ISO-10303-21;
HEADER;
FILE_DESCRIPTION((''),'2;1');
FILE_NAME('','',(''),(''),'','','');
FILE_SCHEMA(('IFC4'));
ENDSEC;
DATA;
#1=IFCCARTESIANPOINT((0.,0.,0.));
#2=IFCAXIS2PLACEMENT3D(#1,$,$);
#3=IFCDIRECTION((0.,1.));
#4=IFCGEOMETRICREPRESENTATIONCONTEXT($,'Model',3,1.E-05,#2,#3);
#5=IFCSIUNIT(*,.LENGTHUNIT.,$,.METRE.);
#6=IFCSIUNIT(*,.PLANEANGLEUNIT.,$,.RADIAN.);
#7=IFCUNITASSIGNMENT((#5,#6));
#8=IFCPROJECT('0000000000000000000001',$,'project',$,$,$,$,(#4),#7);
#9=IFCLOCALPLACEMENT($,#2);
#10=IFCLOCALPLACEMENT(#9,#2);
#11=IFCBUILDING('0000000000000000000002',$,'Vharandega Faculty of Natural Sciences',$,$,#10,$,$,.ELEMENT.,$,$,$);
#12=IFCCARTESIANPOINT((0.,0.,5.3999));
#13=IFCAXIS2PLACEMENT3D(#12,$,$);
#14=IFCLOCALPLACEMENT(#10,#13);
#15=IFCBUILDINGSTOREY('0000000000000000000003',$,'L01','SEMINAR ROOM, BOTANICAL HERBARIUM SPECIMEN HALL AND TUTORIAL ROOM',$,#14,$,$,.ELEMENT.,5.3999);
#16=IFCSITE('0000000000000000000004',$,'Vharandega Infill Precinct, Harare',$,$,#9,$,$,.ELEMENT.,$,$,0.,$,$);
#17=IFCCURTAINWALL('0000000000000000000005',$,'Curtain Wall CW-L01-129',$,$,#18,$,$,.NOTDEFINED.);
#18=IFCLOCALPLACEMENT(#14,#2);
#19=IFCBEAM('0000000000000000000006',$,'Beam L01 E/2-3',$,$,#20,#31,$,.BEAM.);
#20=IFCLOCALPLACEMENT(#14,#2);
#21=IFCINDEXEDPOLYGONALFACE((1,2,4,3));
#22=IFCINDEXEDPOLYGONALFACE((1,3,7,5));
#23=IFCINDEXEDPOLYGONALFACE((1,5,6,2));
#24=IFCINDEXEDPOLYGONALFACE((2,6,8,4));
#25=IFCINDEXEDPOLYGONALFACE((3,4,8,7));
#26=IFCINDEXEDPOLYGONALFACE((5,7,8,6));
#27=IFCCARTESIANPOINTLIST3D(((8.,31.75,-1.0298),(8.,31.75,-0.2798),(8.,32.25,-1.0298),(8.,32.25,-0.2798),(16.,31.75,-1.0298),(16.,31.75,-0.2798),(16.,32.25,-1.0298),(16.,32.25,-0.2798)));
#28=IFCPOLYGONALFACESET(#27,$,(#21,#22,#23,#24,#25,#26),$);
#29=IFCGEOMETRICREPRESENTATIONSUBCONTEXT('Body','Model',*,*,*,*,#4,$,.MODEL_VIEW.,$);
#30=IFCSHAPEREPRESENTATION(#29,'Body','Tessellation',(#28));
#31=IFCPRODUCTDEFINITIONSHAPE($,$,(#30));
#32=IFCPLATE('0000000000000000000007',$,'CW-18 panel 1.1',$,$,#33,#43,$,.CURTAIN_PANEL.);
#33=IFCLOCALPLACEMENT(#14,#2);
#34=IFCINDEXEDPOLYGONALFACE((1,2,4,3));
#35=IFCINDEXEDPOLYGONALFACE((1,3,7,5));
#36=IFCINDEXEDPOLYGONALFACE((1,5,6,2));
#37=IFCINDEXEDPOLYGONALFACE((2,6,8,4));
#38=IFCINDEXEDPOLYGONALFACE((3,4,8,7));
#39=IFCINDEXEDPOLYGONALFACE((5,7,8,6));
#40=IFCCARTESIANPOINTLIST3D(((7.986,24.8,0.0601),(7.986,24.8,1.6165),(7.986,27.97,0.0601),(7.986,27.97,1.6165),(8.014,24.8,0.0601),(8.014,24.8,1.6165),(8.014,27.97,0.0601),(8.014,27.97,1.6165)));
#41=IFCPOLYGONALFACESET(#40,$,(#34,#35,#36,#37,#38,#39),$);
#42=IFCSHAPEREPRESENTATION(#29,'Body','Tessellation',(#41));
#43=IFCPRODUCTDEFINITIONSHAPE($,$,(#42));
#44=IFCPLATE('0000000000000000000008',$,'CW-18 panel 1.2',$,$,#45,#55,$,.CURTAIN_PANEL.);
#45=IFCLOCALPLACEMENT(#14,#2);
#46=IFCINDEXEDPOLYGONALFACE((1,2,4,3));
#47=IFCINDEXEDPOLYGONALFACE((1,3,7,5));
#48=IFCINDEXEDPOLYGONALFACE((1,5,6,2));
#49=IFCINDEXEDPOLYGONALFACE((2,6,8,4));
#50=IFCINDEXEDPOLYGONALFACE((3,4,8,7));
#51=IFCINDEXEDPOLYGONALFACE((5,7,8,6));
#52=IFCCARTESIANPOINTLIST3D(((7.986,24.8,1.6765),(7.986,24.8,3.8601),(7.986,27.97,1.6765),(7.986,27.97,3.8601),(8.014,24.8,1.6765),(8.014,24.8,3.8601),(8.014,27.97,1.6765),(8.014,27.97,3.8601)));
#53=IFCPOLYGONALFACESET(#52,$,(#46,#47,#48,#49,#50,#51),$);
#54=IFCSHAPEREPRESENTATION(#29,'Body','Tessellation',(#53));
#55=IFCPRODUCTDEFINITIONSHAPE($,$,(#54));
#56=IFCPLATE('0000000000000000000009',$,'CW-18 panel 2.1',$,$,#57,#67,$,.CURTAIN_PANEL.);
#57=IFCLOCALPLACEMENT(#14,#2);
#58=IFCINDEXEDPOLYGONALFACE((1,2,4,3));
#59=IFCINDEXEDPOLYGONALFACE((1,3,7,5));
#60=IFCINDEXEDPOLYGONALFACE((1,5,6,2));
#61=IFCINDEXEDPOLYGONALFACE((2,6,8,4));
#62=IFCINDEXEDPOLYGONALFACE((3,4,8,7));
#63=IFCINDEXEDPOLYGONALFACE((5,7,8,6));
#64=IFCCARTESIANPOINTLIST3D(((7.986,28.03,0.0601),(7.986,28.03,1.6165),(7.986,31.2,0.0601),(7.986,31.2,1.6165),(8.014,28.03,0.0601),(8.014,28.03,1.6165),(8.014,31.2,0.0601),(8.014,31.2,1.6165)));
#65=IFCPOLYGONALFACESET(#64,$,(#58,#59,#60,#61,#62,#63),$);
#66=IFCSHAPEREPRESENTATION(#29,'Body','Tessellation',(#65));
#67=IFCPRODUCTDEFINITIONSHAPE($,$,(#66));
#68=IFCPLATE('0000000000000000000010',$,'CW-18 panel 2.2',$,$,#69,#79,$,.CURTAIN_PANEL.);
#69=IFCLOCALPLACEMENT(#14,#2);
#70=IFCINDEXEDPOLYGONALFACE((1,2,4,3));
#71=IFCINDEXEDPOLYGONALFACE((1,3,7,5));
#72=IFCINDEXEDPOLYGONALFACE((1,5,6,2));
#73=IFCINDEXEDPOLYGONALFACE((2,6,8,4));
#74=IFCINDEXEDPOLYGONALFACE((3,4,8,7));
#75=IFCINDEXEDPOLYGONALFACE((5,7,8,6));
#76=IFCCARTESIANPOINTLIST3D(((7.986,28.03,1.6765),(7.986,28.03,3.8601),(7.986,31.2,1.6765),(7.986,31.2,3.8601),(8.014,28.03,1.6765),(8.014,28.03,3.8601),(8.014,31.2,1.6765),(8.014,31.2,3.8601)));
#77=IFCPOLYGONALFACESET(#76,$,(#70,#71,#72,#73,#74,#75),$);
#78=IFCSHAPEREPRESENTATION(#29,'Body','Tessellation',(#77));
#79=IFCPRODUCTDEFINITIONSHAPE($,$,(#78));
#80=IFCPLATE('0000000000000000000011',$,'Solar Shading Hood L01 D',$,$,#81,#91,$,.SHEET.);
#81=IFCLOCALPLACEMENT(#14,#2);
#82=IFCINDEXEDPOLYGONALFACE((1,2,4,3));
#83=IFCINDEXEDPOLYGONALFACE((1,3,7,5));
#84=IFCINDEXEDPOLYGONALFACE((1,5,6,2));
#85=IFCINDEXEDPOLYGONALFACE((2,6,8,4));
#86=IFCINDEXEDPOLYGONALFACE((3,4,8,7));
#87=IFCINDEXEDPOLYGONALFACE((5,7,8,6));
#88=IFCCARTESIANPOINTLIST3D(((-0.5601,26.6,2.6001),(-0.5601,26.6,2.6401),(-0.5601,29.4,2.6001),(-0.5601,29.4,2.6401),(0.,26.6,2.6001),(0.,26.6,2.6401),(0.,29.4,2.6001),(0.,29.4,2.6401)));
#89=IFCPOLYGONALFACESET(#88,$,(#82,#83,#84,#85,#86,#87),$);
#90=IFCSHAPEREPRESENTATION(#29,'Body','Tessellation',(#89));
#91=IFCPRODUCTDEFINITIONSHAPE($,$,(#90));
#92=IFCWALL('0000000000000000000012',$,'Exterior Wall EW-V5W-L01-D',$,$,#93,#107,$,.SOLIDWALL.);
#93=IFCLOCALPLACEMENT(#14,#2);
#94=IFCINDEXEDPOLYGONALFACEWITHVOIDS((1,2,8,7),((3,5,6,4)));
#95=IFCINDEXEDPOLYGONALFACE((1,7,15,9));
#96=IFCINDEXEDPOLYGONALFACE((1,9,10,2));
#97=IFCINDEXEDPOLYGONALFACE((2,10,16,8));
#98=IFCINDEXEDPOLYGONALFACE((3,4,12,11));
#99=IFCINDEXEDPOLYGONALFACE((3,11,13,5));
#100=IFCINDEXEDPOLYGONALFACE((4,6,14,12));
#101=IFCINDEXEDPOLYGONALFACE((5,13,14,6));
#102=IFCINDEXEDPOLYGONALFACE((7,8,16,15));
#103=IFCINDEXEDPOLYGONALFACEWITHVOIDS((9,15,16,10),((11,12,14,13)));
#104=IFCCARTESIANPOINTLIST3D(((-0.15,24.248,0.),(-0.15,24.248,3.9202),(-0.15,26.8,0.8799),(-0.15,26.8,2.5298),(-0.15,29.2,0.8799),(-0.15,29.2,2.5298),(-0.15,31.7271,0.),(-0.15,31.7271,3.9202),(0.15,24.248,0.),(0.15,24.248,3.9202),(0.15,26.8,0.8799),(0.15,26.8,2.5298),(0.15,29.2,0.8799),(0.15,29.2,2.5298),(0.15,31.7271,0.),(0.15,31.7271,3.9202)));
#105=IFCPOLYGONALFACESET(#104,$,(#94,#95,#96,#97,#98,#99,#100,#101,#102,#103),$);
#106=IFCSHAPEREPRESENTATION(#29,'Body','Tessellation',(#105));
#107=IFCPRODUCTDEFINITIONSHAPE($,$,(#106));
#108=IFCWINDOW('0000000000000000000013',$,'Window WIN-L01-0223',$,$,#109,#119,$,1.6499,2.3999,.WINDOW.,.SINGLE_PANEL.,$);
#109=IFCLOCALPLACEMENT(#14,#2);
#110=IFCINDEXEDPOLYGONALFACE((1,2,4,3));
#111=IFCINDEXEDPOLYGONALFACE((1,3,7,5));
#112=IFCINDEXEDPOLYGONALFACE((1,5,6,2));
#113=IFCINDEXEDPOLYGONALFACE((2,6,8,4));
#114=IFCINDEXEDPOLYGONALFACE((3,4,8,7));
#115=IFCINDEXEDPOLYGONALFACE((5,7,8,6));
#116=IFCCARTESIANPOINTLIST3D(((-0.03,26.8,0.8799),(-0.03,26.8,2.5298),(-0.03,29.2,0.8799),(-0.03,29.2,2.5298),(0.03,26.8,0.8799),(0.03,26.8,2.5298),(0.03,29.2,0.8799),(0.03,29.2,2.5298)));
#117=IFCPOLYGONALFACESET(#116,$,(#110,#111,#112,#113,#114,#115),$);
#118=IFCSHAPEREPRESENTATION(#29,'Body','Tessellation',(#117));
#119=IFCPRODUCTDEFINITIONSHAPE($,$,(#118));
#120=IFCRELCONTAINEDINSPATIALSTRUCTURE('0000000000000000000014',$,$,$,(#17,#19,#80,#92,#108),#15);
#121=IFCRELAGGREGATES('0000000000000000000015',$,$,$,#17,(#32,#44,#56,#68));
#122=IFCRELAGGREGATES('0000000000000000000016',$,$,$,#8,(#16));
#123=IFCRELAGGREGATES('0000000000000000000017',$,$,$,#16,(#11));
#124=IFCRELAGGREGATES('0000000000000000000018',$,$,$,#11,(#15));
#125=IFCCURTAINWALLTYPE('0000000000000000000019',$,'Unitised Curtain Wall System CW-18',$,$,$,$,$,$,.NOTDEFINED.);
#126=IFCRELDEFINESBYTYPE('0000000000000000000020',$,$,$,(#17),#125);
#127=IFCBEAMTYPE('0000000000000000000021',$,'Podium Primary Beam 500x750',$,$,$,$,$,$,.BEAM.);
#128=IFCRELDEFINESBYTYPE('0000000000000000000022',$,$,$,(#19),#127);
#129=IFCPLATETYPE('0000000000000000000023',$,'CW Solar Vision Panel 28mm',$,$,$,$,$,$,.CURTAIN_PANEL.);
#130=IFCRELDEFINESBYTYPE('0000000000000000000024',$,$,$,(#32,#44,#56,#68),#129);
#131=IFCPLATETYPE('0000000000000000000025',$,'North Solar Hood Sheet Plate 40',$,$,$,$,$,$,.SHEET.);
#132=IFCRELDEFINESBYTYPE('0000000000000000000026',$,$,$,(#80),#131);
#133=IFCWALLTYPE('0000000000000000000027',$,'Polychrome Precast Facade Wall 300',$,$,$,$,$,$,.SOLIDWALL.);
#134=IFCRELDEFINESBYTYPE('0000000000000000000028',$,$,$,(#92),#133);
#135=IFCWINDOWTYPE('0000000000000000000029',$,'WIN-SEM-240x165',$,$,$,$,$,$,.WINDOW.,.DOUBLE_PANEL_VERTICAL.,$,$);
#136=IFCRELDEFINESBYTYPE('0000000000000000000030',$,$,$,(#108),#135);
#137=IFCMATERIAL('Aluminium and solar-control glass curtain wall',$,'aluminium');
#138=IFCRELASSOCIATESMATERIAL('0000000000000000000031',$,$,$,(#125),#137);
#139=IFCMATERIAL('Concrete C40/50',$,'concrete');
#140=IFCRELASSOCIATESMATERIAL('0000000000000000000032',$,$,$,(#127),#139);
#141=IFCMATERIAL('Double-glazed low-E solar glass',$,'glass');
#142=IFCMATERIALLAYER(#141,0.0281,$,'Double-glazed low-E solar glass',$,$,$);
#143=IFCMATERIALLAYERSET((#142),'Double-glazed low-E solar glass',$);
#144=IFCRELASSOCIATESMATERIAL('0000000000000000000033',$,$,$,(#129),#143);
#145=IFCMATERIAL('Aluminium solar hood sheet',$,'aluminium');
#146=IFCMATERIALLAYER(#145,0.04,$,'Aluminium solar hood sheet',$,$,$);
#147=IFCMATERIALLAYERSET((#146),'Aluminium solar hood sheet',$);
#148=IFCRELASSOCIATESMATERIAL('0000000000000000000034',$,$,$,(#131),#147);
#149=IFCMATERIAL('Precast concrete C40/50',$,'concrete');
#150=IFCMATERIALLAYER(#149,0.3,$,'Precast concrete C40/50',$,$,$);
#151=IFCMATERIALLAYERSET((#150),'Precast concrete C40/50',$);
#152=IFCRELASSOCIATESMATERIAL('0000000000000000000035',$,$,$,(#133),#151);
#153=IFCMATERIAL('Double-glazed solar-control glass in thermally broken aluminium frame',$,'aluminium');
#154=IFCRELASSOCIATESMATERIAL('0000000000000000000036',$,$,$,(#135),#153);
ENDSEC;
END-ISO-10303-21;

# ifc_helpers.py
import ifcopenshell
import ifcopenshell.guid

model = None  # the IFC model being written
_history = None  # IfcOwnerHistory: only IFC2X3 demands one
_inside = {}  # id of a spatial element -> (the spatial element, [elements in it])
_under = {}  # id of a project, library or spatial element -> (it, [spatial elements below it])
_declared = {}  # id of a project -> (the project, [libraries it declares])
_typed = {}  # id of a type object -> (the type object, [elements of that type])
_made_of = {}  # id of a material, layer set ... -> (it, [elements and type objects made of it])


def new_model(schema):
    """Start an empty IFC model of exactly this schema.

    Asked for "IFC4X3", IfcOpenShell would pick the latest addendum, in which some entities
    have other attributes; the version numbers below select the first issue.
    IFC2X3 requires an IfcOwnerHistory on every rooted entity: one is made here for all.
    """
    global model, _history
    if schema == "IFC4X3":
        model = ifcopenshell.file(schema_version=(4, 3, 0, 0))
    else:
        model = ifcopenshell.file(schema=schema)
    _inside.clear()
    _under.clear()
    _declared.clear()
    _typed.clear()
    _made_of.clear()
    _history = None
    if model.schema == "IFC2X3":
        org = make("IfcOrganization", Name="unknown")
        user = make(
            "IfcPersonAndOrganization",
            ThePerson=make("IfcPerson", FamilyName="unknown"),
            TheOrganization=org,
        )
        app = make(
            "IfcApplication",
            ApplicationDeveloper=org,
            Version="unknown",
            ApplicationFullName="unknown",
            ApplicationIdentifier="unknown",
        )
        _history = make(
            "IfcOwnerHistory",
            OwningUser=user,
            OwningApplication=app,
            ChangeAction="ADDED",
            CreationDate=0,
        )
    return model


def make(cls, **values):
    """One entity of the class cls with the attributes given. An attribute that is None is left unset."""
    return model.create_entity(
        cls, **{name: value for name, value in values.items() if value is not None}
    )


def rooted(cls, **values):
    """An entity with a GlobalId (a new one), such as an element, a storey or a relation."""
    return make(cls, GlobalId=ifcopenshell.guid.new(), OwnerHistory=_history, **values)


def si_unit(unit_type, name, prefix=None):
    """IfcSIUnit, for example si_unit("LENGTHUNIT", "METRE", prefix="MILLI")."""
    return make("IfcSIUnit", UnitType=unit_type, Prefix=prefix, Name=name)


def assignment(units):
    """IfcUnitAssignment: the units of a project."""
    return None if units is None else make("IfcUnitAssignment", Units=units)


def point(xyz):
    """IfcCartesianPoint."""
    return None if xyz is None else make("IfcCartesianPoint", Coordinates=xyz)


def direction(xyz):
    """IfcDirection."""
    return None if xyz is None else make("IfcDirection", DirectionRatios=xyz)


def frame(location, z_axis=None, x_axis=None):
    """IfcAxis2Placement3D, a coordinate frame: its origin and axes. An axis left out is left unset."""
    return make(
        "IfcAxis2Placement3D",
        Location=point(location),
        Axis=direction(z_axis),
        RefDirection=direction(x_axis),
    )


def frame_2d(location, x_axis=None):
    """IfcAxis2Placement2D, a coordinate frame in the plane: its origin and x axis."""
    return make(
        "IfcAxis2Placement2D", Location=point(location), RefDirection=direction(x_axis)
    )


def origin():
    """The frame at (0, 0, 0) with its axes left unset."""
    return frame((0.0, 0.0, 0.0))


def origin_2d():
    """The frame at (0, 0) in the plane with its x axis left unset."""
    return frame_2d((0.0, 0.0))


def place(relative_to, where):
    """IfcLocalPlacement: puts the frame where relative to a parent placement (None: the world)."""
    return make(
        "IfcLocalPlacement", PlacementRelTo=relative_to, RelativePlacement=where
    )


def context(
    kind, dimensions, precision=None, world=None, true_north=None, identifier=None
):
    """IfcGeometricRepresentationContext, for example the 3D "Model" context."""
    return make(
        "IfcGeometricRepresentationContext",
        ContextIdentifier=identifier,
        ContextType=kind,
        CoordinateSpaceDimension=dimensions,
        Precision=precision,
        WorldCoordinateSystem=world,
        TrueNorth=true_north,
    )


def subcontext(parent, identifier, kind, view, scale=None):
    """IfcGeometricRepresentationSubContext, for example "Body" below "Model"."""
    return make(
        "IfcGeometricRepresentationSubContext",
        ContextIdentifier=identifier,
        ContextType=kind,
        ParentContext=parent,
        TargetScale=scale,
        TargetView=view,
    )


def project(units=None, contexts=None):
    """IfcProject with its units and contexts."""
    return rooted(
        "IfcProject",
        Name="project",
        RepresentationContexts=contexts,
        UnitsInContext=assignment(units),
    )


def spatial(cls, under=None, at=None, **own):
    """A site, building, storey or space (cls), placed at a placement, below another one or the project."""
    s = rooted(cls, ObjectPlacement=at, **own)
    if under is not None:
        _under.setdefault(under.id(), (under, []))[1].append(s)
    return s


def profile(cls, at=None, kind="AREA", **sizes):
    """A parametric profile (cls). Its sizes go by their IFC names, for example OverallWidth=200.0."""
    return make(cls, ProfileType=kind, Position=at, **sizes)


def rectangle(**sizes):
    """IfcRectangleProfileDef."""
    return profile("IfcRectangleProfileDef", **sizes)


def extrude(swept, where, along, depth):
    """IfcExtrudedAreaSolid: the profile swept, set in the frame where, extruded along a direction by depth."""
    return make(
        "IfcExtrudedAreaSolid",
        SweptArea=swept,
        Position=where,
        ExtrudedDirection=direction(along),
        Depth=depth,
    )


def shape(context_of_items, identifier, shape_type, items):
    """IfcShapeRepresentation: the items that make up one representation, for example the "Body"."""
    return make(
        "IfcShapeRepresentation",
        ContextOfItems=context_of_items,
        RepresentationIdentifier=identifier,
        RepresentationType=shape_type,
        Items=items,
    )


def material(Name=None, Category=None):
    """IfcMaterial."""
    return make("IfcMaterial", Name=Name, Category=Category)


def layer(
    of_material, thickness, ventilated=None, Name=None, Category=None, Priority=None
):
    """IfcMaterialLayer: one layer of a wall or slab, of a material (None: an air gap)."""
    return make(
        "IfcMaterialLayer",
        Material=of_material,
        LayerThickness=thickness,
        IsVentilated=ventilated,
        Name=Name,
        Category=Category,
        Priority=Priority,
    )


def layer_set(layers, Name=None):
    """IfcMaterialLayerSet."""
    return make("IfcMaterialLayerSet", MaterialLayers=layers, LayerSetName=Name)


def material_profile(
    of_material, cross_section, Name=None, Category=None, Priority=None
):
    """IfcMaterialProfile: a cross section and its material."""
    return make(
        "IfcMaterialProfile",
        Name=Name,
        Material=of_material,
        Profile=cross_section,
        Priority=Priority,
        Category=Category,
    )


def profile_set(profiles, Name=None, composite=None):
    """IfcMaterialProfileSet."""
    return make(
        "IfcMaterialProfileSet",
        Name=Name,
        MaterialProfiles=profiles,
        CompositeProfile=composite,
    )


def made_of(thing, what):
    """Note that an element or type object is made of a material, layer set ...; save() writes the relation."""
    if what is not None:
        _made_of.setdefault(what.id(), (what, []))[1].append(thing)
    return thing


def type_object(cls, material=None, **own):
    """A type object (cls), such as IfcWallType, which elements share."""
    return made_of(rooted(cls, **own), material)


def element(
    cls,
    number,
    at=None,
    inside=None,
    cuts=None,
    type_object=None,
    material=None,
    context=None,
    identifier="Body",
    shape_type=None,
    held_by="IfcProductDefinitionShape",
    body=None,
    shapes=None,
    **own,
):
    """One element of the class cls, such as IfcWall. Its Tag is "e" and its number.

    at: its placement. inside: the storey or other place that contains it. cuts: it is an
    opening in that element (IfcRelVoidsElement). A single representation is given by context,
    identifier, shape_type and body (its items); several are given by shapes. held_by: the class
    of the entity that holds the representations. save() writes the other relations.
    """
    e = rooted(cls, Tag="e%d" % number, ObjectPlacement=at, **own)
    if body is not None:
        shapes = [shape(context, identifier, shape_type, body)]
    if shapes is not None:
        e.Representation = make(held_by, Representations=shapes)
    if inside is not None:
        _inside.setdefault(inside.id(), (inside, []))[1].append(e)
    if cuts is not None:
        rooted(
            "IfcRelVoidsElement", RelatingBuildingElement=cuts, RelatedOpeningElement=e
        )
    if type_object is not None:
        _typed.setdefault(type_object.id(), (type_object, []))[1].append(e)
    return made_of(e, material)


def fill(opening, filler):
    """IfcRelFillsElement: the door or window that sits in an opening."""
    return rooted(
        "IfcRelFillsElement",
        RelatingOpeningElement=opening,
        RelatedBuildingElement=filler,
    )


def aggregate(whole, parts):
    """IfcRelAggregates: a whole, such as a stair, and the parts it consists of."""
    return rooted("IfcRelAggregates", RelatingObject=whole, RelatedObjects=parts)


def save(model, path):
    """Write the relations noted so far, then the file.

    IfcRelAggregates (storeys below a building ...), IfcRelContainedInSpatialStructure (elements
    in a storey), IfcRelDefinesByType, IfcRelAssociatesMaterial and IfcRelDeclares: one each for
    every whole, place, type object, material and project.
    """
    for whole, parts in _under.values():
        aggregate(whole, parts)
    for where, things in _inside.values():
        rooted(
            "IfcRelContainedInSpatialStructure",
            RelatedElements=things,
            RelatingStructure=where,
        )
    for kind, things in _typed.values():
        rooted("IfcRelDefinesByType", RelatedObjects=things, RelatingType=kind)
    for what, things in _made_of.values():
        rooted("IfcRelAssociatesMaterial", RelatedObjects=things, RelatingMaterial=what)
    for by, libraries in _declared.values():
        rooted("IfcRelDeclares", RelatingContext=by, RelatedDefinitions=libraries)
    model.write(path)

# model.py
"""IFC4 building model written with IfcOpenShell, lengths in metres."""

from ifc_helpers import new_model, si_unit, direction, frame, frame_2d, origin, origin_2d, place, context, subcontext, project, spatial, rectangle, extrude, material, layer, layer_set, material_profile, profile_set, type_object, element, fill, aggregate, save


model = new_model("IFC4")

# Units and contexts
model_context = context("Model", 3, precision=1e-05, world=origin(), true_north=direction((0.0, 1.0)))
body_context = subcontext(model_context, "Body", "Model", "MODEL_VIEW")
ifc_project = project(units=[si_unit("LENGTHUNIT", "METRE"), si_unit("PLANEANGLEUNIT", "RADIAN")], contexts=[model_context])

# Site, building, storey
site_placement = place(None, origin())
site = spatial("IfcSite", under=ifc_project, at=site_placement, Name="Vharandega Infill Precinct, Harare", CompositionType="ELEMENT", RefElevation=0.0)
building_placement = place(site_placement, origin())
building = spatial("IfcBuilding", under=site, at=building_placement, Name="Vharandega Faculty of Natural Sciences", CompositionType="ELEMENT")
storey_placement = place(building_placement, frame((0.0, 0.0, 5.3999)))
storey = spatial("IfcBuildingStorey", under=building, at=storey_placement, Name="L01", Description="SEMINAR ROOM, BOTANICAL HERBARIUM SPECIMEN HALL AND TUTORIAL ROOM", CompositionType="ELEMENT", Elevation=5.3999)

# Curtain wall
ifc_material_1 = material(Name="Aluminium and solar-control glass curtain wall", Category="aluminium")
curtain_wall_type_1 = type_object("IfcCurtainWallType", Name="Unitised Curtain Wall System CW-18", PredefinedType="NOTDEFINED", material=ifc_material_1)
curtain_wall_1_placement = place(storey_placement, origin())
curtain_wall_1 = element("IfcCurtainWall", 1, at=curtain_wall_1_placement, inside=storey, type_object=curtain_wall_type_1, Name="Curtain Wall CW-L01-129", PredefinedType="NOTDEFINED")

# Beam
ifc_material_2 = material(Name="Concrete C40/50", Category="concrete")
ifc_material_profile_1 = material_profile(ifc_material_2, rectangle(XDim=0.5, YDim=0.75, at=origin_2d()), Name="RC 500x750")
ifc_profile_set_1 = profile_set([ifc_material_profile_1], Name="Concrete C40/50")
beam_type_1 = type_object("IfcBeamType", Name="Podium Primary Beam 500x750", PredefinedType="BEAM", material=ifc_profile_set_1)
beam_placement = place(storey_placement, frame((8.0, 32.0, -0.6548), z_axis=(1.0, 0.0, 0.0), x_axis=(0.0, 1.0, 0.0)))
element("IfcBeam", 2, at=beam_placement, inside=storey, type_object=beam_type_1, Name="Beam L01 E/2-3", PredefinedType="BEAM", context=body_context, shape_type="SweptSolid", body=[
    extrude(rectangle(XDim=0.5, YDim=0.75, at=origin_2d()), origin(), (0.0, 0.0, 1.0), 8.0),
])

# Plates
ifc_material_3 = material(Name="Double-glazed low-E solar glass", Category="glass")
ifc_layer_1 = layer(ifc_material_3, 0.0281, Name="Double-glazed low-E solar glass")
ifc_layer_set_1 = layer_set([ifc_layer_1], Name="Double-glazed low-E solar glass")
plate_type_1 = type_object("IfcPlateType", Name="CW Solar Vision Panel 28mm", PredefinedType="CURTAIN_PANEL", material=ifc_layer_set_1)
plate_1_placement = place(storey_placement, frame((8.0, 26.385, 0.0601), z_axis=(0.0, 0.0, 1.0), x_axis=(0.0, 1.0, 0.0)))
plate_1 = element("IfcPlate", 3, at=plate_1_placement, type_object=plate_type_1, Name="CW-18 panel 1.1", PredefinedType="CURTAIN_PANEL", context=body_context, shape_type="SweptSolid", body=[
    extrude(rectangle(XDim=3.1699, YDim=0.0281, at=origin_2d()), origin(), (0.0, 0.0, 1.0), 1.5564),
])
plate_2_placement = place(storey_placement, frame((8.0, 26.385, 1.6765), z_axis=(0.0, 0.0, 1.0), x_axis=(0.0, 1.0, 0.0)))
plate_2 = element("IfcPlate", 4, at=plate_2_placement, type_object=plate_type_1, Name="CW-18 panel 1.2", PredefinedType="CURTAIN_PANEL", context=body_context, shape_type="SweptSolid", body=[
    extrude(rectangle(XDim=3.1699, YDim=0.0281, at=origin_2d()), origin(), (0.0, 0.0, 1.0), 2.1836),
])
plate_3_placement = place(storey_placement, frame((8.0, 29.615, 0.0601), z_axis=(0.0, 0.0, 1.0), x_axis=(0.0, 1.0, 0.0)))
plate_3 = element("IfcPlate", 5, at=plate_3_placement, type_object=plate_type_1, Name="CW-18 panel 2.1", PredefinedType="CURTAIN_PANEL", context=body_context, shape_type="SweptSolid", body=[
    extrude(rectangle(XDim=3.1699, YDim=0.0281, at=origin_2d()), origin(), (0.0, 0.0, 1.0), 1.5564),
])
plate_4_placement = place(storey_placement, frame((8.0, 29.615, 1.6765), z_axis=(0.0, 0.0, 1.0), x_axis=(0.0, 1.0, 0.0)))
plate_4 = element("IfcPlate", 6, at=plate_4_placement, type_object=plate_type_1, Name="CW-18 panel 2.2", PredefinedType="CURTAIN_PANEL", context=body_context, shape_type="SweptSolid", body=[
    extrude(rectangle(XDim=3.1699, YDim=0.0281, at=origin_2d()), origin(), (0.0, 0.0, 1.0), 2.1836),
])
aggregate(curtain_wall_1, [plate_1, plate_2, plate_3, plate_4])
ifc_material_4 = material(Name="Aluminium solar hood sheet", Category="aluminium")
ifc_layer_2 = layer(ifc_material_4, 0.04, Name="Aluminium solar hood sheet")
ifc_layer_set_2 = layer_set([ifc_layer_2], Name="Aluminium solar hood sheet")
plate_type_2 = type_object("IfcPlateType", Name="North Solar Hood Sheet Plate 40", PredefinedType="SHEET", material=ifc_layer_set_2)
plate_5_placement = place(storey_placement, frame((-0.28, 28.0, 2.6001), z_axis=(0.0, 0.0, 1.0), x_axis=(1.0, 0.0, 0.0)))
element("IfcPlate", 7, at=plate_5_placement, inside=storey, type_object=plate_type_2, Name="Solar Shading Hood L01 D", PredefinedType="SHEET", context=body_context, shape_type="SweptSolid", body=[
    extrude(rectangle(XDim=0.5601, YDim=2.8, at=origin_2d()), origin(), (0.0, 0.0, 1.0), 0.04),
])

# Wall, opening, window
ifc_material_5 = material(Name="Precast concrete C40/50", Category="concrete")
ifc_layer_3 = layer(ifc_material_5, 0.3, Name="Precast concrete C40/50")
ifc_layer_set_3 = layer_set([ifc_layer_3], Name="Precast concrete C40/50")
wall_type = type_object("IfcWallType", Name="Polychrome Precast Facade Wall 300", PredefinedType="SOLIDWALL", material=ifc_layer_set_3)
wall_placement = place(storey_placement, frame((0.0, 24.248, 0.0), z_axis=(0.0, 0.0, 1.0), x_axis=(0.0, 1.0, 0.0)))
wall = element("IfcWall", 8, at=wall_placement, inside=storey, type_object=wall_type, Name="Exterior Wall EW-V5W-L01-D", PredefinedType="SOLIDWALL", context=body_context, shape_type="SweptSolid", body=[
    extrude(rectangle(XDim=7.479, YDim=0.3, at=frame_2d((3.7395, 0.0))), origin(), (0.0, 0.0, 1.0), 3.9202),
])
opening_placement = place(wall_placement, frame((2.552, 0.0, 0.8799)))
opening = element("IfcOpeningElement", 9, at=opening_placement, cuts=wall, PredefinedType="OPENING", context=body_context, shape_type="SweptSolid", body=[
    extrude(rectangle(XDim=2.3999, YDim=1.6499, at=frame_2d((1.2, 0.825))), frame((0.0, 0.1602, 0.0), z_axis=(0.0, -1.0, 0.0), x_axis=(1.0, 0.0, 0.0)), (0.0, 0.0, 1.0), 0.3201),
])
ifc_material_6 = material(Name="Double-glazed solar-control glass in thermally broken aluminium frame", Category="aluminium")
window_type = type_object("IfcWindowType", Name="WIN-SEM-240x165", PartitioningType="DOUBLE_PANEL_VERTICAL", PredefinedType="WINDOW", material=ifc_material_6)
window_placement = place(opening_placement, origin())
window = element("IfcWindow", 10, at=window_placement, inside=storey, type_object=window_type, Name="Window WIN-L01-0223", OverallHeight=1.6499, OverallWidth=2.3999, PartitioningType="SINGLE_PANEL", PredefinedType="WINDOW", context=body_context, shape_type="SweptSolid", body=[
    extrude(rectangle(XDim=2.3999, YDim=1.6499, at=frame_2d((1.2, 0.825))), frame((0.0, 0.03, 0.0), z_axis=(0.0, -1.0, 0.0), x_axis=(1.0, 0.0, 0.0)), (0.0, 0.0, 1.0), 0.0601),
])
fill(opening, window)

save(model, "model.ifc")
